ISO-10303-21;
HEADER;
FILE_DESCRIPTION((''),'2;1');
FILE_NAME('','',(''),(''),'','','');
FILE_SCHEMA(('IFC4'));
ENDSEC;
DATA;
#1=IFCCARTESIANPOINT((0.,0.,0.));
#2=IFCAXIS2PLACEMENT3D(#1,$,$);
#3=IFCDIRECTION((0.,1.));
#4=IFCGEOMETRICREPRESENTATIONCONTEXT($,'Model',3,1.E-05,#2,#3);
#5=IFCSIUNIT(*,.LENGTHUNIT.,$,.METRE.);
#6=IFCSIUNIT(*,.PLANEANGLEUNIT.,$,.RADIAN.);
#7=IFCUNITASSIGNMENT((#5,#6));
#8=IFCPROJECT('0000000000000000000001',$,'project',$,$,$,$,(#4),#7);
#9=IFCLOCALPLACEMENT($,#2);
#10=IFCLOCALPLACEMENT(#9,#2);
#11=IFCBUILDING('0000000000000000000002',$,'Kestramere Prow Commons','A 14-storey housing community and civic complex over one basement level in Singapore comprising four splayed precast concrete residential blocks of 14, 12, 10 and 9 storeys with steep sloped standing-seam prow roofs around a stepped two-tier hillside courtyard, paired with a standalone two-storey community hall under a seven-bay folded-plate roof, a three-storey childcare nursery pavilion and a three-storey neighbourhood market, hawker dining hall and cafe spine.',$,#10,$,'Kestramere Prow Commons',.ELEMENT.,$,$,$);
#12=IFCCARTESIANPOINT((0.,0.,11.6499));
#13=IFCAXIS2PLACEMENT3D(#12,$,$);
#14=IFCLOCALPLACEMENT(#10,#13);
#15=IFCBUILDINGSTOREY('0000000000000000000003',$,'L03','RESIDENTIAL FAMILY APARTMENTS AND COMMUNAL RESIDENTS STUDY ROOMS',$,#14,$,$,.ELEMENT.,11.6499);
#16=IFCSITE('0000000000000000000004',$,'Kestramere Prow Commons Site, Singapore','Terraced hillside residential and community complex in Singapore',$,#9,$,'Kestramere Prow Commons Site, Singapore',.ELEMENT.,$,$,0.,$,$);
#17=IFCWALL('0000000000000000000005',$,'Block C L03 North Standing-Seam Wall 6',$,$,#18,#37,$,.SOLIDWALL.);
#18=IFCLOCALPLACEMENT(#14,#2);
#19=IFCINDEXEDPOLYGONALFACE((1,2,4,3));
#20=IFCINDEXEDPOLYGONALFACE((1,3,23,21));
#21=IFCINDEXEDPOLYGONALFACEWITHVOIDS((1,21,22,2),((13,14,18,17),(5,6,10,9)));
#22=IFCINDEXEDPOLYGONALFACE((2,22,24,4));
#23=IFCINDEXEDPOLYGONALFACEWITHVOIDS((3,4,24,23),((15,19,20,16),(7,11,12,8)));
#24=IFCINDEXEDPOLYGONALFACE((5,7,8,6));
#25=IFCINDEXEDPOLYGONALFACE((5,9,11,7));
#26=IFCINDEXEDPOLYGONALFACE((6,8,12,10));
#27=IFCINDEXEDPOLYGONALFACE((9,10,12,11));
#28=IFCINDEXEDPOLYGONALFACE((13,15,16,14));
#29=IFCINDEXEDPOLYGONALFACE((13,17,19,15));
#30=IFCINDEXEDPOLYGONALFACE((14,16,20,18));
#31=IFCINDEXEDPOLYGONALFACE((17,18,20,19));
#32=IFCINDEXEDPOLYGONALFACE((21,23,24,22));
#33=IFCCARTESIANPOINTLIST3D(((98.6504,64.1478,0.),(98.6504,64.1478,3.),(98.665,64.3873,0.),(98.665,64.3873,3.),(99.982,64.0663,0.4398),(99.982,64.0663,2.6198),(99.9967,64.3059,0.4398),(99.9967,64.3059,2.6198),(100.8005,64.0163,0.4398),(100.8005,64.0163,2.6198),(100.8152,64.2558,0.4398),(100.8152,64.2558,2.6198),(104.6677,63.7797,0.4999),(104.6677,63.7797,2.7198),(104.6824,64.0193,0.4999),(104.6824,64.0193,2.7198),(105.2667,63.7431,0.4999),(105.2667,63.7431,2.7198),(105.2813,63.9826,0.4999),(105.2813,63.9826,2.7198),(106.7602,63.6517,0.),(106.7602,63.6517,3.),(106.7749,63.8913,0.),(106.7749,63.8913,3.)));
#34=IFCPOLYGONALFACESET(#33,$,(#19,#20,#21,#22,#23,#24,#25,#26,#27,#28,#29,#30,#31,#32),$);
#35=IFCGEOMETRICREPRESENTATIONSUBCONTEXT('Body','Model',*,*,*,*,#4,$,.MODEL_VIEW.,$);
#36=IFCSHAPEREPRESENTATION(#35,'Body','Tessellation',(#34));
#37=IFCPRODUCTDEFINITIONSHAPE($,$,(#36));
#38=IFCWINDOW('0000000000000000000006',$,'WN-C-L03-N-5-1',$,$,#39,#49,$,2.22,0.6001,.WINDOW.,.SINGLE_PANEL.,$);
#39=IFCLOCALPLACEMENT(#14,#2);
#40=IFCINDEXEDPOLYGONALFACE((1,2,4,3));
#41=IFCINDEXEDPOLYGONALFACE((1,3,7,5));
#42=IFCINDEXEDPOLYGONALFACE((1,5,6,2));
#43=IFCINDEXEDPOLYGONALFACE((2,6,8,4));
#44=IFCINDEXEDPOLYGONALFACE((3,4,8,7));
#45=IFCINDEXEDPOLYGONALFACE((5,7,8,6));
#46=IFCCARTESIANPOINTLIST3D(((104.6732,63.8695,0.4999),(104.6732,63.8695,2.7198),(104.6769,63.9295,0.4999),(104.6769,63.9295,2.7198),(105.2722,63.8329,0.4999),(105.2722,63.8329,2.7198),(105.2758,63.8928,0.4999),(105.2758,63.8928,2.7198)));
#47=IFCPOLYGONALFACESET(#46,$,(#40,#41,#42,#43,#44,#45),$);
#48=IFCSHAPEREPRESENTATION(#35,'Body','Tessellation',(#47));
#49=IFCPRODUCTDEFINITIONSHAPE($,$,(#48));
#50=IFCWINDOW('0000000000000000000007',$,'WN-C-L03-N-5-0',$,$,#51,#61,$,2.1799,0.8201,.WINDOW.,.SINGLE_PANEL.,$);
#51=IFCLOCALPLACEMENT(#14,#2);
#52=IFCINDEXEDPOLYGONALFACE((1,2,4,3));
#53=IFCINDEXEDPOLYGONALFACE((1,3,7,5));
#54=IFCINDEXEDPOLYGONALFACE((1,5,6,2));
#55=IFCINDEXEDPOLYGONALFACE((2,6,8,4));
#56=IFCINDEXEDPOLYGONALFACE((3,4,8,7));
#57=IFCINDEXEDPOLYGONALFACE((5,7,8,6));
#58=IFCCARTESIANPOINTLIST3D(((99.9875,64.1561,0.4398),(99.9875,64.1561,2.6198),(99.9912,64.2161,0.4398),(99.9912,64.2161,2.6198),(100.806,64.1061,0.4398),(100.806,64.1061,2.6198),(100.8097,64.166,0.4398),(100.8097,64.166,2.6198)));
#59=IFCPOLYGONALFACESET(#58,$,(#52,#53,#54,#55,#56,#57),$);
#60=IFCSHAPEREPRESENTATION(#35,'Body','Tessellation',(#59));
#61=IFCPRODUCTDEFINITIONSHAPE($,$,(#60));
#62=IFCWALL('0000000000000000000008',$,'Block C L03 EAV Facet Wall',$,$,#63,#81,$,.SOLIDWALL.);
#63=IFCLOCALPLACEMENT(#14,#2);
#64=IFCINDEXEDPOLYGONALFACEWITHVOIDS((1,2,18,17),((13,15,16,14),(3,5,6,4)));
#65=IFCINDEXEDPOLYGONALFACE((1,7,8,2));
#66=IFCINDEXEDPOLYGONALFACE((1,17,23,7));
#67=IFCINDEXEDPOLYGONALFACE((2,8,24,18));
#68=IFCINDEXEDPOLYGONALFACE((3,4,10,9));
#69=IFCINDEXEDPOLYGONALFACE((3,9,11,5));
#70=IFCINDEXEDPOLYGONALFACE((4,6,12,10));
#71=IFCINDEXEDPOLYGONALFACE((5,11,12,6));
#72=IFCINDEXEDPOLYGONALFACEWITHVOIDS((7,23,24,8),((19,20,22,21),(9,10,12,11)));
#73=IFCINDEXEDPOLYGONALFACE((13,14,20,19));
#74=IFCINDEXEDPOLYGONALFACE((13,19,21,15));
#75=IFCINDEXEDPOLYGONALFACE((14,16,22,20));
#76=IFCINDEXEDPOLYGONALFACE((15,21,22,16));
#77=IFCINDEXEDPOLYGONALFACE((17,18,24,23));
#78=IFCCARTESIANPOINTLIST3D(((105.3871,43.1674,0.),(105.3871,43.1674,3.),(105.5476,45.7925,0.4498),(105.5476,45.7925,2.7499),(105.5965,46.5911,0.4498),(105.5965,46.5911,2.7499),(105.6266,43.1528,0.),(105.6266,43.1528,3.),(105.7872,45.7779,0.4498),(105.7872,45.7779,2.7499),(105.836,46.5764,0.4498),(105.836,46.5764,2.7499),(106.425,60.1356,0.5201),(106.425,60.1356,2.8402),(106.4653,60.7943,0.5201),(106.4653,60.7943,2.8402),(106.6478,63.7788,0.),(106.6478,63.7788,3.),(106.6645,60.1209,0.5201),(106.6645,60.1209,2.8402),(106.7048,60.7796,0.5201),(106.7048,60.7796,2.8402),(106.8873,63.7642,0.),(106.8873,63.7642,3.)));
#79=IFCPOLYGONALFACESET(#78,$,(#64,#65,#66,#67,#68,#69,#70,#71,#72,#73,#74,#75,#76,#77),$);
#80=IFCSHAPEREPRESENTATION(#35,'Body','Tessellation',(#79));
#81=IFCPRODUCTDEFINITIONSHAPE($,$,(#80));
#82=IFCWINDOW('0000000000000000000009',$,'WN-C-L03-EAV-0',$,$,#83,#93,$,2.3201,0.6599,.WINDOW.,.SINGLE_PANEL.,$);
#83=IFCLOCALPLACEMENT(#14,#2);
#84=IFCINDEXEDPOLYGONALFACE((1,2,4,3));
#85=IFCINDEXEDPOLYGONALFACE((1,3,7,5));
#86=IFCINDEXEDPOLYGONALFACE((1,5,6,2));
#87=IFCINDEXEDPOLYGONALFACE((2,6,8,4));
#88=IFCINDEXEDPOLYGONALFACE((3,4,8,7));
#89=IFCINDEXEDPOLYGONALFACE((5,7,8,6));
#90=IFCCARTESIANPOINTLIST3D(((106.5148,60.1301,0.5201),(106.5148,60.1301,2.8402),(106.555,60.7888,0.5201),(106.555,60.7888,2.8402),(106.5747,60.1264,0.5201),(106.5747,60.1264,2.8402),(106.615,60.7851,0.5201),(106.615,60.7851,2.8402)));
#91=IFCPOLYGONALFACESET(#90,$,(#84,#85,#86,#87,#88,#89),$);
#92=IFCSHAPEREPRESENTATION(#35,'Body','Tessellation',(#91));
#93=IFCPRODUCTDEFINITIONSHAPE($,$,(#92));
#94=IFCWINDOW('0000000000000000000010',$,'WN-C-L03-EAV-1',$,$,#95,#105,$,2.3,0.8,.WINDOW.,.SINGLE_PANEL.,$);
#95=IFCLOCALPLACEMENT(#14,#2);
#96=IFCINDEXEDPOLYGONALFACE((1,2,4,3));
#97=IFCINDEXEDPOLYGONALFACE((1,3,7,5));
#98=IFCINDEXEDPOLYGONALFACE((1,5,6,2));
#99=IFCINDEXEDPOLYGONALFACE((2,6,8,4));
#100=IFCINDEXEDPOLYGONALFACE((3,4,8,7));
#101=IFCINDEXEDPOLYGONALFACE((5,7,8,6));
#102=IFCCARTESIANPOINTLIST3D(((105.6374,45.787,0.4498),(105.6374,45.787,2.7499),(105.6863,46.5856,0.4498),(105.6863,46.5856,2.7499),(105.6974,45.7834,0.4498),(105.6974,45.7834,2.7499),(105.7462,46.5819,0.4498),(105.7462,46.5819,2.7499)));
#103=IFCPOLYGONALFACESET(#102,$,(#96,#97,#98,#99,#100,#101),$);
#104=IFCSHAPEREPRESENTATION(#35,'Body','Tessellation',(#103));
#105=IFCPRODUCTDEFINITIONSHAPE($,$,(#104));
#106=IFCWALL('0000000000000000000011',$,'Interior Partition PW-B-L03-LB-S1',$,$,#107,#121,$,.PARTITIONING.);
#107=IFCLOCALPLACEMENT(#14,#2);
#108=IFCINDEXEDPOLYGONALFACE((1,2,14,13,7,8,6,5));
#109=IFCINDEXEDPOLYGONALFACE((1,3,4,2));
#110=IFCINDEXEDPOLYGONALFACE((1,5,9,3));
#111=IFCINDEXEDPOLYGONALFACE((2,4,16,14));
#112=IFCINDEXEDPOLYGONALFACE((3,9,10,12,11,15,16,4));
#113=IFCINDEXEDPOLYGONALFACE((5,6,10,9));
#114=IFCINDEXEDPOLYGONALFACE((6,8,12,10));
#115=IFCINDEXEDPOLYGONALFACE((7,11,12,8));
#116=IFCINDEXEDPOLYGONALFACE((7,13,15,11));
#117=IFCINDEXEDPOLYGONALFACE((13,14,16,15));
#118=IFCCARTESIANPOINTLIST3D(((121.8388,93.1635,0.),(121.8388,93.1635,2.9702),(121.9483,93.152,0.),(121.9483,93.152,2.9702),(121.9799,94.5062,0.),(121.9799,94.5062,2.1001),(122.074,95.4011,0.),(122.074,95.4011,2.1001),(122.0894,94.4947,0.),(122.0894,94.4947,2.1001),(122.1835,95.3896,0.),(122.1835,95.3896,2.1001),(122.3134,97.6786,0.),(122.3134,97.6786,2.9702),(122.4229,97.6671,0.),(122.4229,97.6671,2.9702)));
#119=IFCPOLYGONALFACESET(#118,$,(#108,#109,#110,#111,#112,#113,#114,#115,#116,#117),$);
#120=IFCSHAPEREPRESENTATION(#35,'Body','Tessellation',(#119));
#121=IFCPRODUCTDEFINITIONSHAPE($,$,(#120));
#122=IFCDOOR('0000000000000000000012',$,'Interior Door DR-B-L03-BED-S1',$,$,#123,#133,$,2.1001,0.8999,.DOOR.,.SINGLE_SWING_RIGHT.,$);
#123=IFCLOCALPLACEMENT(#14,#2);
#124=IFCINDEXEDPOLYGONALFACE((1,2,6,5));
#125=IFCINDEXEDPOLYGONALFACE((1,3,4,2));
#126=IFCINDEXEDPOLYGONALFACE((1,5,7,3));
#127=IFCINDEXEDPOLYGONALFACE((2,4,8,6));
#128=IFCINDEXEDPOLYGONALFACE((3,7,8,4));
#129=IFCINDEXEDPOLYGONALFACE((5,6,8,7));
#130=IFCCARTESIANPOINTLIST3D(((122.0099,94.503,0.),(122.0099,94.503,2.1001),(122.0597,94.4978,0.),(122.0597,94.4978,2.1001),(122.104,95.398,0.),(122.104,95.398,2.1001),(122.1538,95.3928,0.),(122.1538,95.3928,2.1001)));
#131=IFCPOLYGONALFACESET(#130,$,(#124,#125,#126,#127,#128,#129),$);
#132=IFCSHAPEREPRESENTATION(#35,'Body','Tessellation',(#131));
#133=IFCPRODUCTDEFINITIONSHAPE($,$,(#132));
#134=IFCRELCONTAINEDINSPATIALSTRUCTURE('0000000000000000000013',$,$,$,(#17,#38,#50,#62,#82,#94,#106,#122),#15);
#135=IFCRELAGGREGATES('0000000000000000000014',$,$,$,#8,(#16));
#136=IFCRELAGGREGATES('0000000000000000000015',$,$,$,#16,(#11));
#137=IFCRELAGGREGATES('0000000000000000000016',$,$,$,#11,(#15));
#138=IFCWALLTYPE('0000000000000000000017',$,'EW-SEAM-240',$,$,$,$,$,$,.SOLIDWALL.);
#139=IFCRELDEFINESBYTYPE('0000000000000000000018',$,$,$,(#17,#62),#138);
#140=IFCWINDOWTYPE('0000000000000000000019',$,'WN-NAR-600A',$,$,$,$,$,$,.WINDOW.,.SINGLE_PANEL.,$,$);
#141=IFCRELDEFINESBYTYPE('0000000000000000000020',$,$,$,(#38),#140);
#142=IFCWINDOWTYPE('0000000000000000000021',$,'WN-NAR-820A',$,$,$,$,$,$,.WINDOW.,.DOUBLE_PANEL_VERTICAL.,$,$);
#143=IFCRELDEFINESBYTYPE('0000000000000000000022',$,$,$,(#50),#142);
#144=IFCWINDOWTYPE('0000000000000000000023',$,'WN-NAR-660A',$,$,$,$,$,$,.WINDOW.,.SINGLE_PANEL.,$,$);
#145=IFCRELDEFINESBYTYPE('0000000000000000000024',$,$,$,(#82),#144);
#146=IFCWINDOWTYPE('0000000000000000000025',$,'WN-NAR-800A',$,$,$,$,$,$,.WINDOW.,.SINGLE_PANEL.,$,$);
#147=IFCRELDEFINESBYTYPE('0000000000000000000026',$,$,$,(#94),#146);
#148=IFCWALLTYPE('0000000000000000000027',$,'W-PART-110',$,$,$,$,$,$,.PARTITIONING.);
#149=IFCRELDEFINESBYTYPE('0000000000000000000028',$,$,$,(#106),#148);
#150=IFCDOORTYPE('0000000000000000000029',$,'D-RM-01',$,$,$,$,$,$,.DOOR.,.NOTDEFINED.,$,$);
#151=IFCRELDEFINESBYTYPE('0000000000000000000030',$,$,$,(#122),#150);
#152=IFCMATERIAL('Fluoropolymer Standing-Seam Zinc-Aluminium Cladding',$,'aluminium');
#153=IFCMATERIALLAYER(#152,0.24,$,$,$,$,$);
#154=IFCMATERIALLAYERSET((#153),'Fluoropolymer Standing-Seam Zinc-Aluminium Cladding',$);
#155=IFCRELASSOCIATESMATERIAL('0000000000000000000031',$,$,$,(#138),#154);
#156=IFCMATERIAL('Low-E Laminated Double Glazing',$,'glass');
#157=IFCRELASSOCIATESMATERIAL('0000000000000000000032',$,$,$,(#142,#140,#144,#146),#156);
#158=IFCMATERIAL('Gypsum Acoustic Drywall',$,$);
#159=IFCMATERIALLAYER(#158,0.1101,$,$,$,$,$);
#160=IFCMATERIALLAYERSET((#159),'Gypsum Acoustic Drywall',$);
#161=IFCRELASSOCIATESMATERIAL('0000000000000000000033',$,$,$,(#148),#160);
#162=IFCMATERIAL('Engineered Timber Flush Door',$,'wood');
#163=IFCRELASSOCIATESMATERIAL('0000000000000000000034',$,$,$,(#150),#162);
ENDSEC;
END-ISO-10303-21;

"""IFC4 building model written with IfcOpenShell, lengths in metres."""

from ifc_helpers import new_model, si_unit, direction, frame, frame_2d, origin, place, context, subcontext, project, spatial, rectangle, extrude, material, layer, layer_set, type_object, element, fill, save


model = new_model("IFC4")

# Units and contexts
model_context = context("Model", 3, precision=1e-05, world=origin(), true_north=direction((0.0, 1.0)))
body_context = subcontext(model_context, "Body", "Model", "MODEL_VIEW")
ifc_project = project(units=[si_unit("LENGTHUNIT", "METRE"), si_unit("PLANEANGLEUNIT", "RADIAN")], contexts=[model_context])

# Site, building, storey
site_placement = place(None, origin())
site = spatial("IfcSite", under=ifc_project, at=site_placement, Name="Kestramere Prow Commons Site, Singapore", Description="Terraced hillside residential and community complex in Singapore", LongName="Kestramere Prow Commons Site, Singapore", CompositionType="ELEMENT", RefElevation=0.0)
building_placement = place(site_placement, origin())
building = spatial("IfcBuilding", under=site, at=building_placement, Name="Kestramere Prow Commons", Description="A 14-storey housing community and civic complex over one basement level in Singapore comprising four splayed precast concrete residential blocks of 14, 12, 10 and 9 storeys with steep sloped standing-seam prow roofs around a stepped two-tier hillside courtyard, paired with a standalone two-storey community hall under a seven-bay folded-plate roof, a three-storey childcare nursery pavilion and a three-storey neighbourhood market, hawker dining hall and cafe spine.", LongName="Kestramere Prow Commons", CompositionType="ELEMENT")
storey_placement = place(building_placement, frame((0.0, 0.0, 11.6499)))
storey = spatial("IfcBuildingStorey", under=building, at=storey_placement, Name="L03", Description="RESIDENTIAL FAMILY APARTMENTS AND COMMUNAL RESIDENTS STUDY ROOMS", CompositionType="ELEMENT", Elevation=11.6499)

# Walls, openings, windows
ifc_material_1 = material(Name="Fluoropolymer Standing-Seam Zinc-Aluminium Cladding", Category="aluminium")
ifc_layer_1 = layer(ifc_material_1, 0.24)
ifc_layer_set_1 = layer_set([ifc_layer_1], Name="Fluoropolymer Standing-Seam Zinc-Aluminium Cladding")
wall_type_1 = type_object("IfcWallType", Name="EW-SEAM-240", PredefinedType="SOLIDWALL", material=ifc_layer_set_1)
ifc_material_2 = material(Name="Low-E Laminated Double Glazing", Category="glass")
window_type_1 = type_object("IfcWindowType", Name="WN-NAR-820A", PartitioningType="DOUBLE_PANEL_VERTICAL", PredefinedType="WINDOW", material=ifc_material_2)
wall_1_placement = place(storey_placement, frame((98.6577, 64.2676, 0.0), z_axis=(0.0, 0.0, 1.0), x_axis=(0.998134, -0.061058, 0.0)))
wall_1 = element("IfcWall", 1, at=wall_1_placement, inside=storey, type_object=wall_type_1, Name="Block C L03 North Standing-Seam Wall 6", PredefinedType="SOLIDWALL", context=body_context, shape_type="SweptSolid", body=[
    extrude(rectangle(XDim=8.125, YDim=0.24, at=frame_2d((4.0625, 0.0))), origin(), (0.0, 0.0, 1.0), 3.0),
])
opening_1_placement = place(wall_1_placement, frame((1.334, 0.0, 0.4399)))
opening_1 = element("IfcOpeningElement", 2, at=opening_1_placement, cuts=wall_1, PredefinedType="OPENING", context=body_context, shape_type="SweptSolid", body=[
    extrude(rectangle(XDim=0.8201, YDim=2.1799, at=frame_2d((0.4102, 1.0898))), frame((0.0, 0.135, 0.0), z_axis=(0.0, -1.0, 0.0), x_axis=(1.0, 0.0, 0.0)), (0.0, 0.0, 1.0), 0.27),
])
opening_2_placement = place(wall_1_placement, frame((6.0286, 0.0, 0.5)))
opening_2 = element("IfcOpeningElement", 3, at=opening_2_placement, cuts=wall_1, PredefinedType="OPENING", context=body_context, shape_type="SweptSolid", body=[
    extrude(rectangle(XDim=0.6001, YDim=2.22, at=frame_2d((0.3, 1.1099))), frame((0.0, 0.135, 0.0), z_axis=(0.0, -1.0, 0.0), x_axis=(1.0, 0.0, 0.0)), (0.0, 0.0, 1.0), 0.27),
])
window_type_2 = type_object("IfcWindowType", Name="WN-NAR-600A", PartitioningType="SINGLE_PANEL", PredefinedType="WINDOW", material=ifc_material_2)
window_1_placement = place(opening_2_placement, origin())
window_1 = element("IfcWindow", 4, at=window_1_placement, inside=storey, type_object=window_type_2, Name="WN-C-L03-N-5-1", OverallHeight=2.22, OverallWidth=0.6001, PartitioningType="SINGLE_PANEL", PredefinedType="WINDOW", context=body_context, shape_type="SweptSolid", body=[
    extrude(rectangle(XDim=0.6001, YDim=2.22, at=frame_2d((0.3, 1.1099))), frame((0.0, 0.03, 0.0), z_axis=(0.0, -1.0, 0.0), x_axis=(1.0, 0.0, 0.0)), (0.0, 0.0, 1.0), 0.0601),
])
fill(opening_2, window_1)
window_2_placement = place(opening_1_placement, origin())
window_2 = element("IfcWindow", 5, at=window_2_placement, inside=storey, type_object=window_type_1, Name="WN-C-L03-N-5-0", OverallHeight=2.1799, OverallWidth=0.8201, PartitioningType="SINGLE_PANEL", PredefinedType="WINDOW", context=body_context, shape_type="SweptSolid", body=[
    extrude(rectangle(XDim=0.8201, YDim=2.1799, at=frame_2d((0.4102, 1.0898))), frame((0.0, 0.03, 0.0), z_axis=(0.0, -1.0, 0.0), x_axis=(1.0, 0.0, 0.0)), (0.0, 0.0, 1.0), 0.0601),
])
fill(opening_1, window_2)
wall_2_placement = place(storey_placement, frame((106.7676, 63.7715, 0.0), z_axis=(0.0, 0.0, 1.0), x_axis=(-0.061053, -0.998135, 0.0)))
wall_2 = element("IfcWall", 6, at=wall_2_placement, inside=storey, type_object=wall_type_1, Name="Block C L03 EAV Facet Wall", PredefinedType="SOLIDWALL", context=body_context, shape_type="SweptSolid", body=[
    extrude(rectangle(XDim=20.6499, YDim=0.24, at=frame_2d((10.325, 0.0))), origin(), (0.0, 0.0, 1.0), 3.0),
])
opening_3_placement = place(wall_2_placement, frame((2.99, 0.0, 0.52)))
opening_3 = element("IfcOpeningElement", 7, at=opening_3_placement, cuts=wall_2, PredefinedType="OPENING", context=body_context, shape_type="SweptSolid", body=[
    extrude(rectangle(XDim=0.6599, YDim=2.3201, at=frame_2d((0.3301, 1.1602))), frame((0.0, 0.135, 0.0), z_axis=(0.0, -1.0, 0.0), x_axis=(1.0, 0.0, 0.0)), (0.0, 0.0, 1.0), 0.27),
])
opening_4_placement = place(wall_2_placement, frame((17.22, 0.0, 0.45)))
opening_4 = element("IfcOpeningElement", 8, at=opening_4_placement, cuts=wall_2, PredefinedType="OPENING", context=body_context, shape_type="SweptSolid", body=[
    extrude(rectangle(XDim=0.8, YDim=2.3, at=frame_2d((0.3999, 1.1499))), frame((0.0, 0.135, 0.0), z_axis=(0.0, -1.0, 0.0), x_axis=(1.0, 0.0, 0.0)), (0.0, 0.0, 1.0), 0.27),
])
window_type_3 = type_object("IfcWindowType", Name="WN-NAR-660A", PartitioningType="SINGLE_PANEL", PredefinedType="WINDOW", material=ifc_material_2)
window_3_placement = place(opening_3_placement, origin())
window_3 = element("IfcWindow", 9, at=window_3_placement, inside=storey, type_object=window_type_3, Name="WN-C-L03-EAV-0", OverallHeight=2.3201, OverallWidth=0.6599, PartitioningType="SINGLE_PANEL", PredefinedType="WINDOW", context=body_context, shape_type="SweptSolid", body=[
    extrude(rectangle(XDim=0.6599, YDim=2.3201, at=frame_2d((0.3301, 1.1602))), frame((0.0, 0.03, 0.0), z_axis=(0.0, -1.0, 0.0), x_axis=(1.0, 0.0, 0.0)), (0.0, 0.0, 1.0), 0.0601),
])
fill(opening_3, window_3)
window_type_4 = type_object("IfcWindowType", Name="WN-NAR-800A", PartitioningType="SINGLE_PANEL", PredefinedType="WINDOW", material=ifc_material_2)
window_4_placement = place(opening_4_placement, origin())
window_4 = element("IfcWindow", 10, at=window_4_placement, inside=storey, type_object=window_type_4, Name="WN-C-L03-EAV-1", OverallHeight=2.3, OverallWidth=0.8, PartitioningType="SINGLE_PANEL", PredefinedType="WINDOW", context=body_context, shape_type="SweptSolid", body=[
    extrude(rectangle(XDim=0.8, YDim=2.3, at=frame_2d((0.3999, 1.1499))), frame((0.0, 0.03, 0.0), z_axis=(0.0, -1.0, 0.0), x_axis=(1.0, 0.0, 0.0)), (0.0, 0.0, 1.0), 0.0601),
])
fill(opening_4, window_4)

# Wall, opening, door
ifc_material_3 = material(Name="Gypsum Acoustic Drywall")
ifc_layer_2 = layer(ifc_material_3, 0.1101)
ifc_layer_set_2 = layer_set([ifc_layer_2], Name="Gypsum Acoustic Drywall")
wall_type_2 = type_object("IfcWallType", Name="W-PART-110", PredefinedType="PARTITIONING", material=ifc_layer_set_2)
wall_3_placement = place(storey_placement, frame((121.8936, 93.1577, 0.0), z_axis=(0.0, 0.0, 1.0), x_axis=(0.104539, 0.994521, 0.0)))
wall_3 = element("IfcWall", 11, at=wall_3_placement, inside=storey, type_object=wall_type_2, Name="Interior Partition PW-B-L03-LB-S1", PredefinedType="PARTITIONING", context=body_context, shape_type="SweptSolid", body=[
    extrude(rectangle(XDim=4.54, YDim=0.1101, at=frame_2d((2.27, 0.0))), origin(), (0.0, 0.0, 1.0), 2.9702),
])
opening_5_placement = place(wall_3_placement, frame((1.3501, 0.0, 0.0)))
opening_5 = element("IfcOpeningElement", 12, at=opening_5_placement, cuts=wall_3, PredefinedType="OPENING", context=body_context, shape_type="SweptSolid", body=[
    extrude(rectangle(XDim=0.8999, YDim=2.1001, at=frame_2d((0.45, 1.05))), frame((0.0, 0.0701, 0.0), z_axis=(0.0, -1.0, 0.0), x_axis=(1.0, 0.0, 0.0)), (0.0, 0.0, 1.0), 0.1401),
])
ifc_material_4 = material(Name="Engineered Timber Flush Door", Category="wood")
door_type = type_object("IfcDoorType", Name="D-RM-01", OperationType="NOTDEFINED", PredefinedType="DOOR", material=ifc_material_4)
door_1_placement = place(opening_5_placement, origin())
door_1 = element("IfcDoor", 13, at=door_1_placement, inside=storey, type_object=door_type, Name="Interior Door DR-B-L03-BED-S1", OperationType="SINGLE_SWING_RIGHT", OverallHeight=2.1001, OverallWidth=0.8999, PredefinedType="DOOR", context=body_context, shape_type="SweptSolid", body=[
    extrude(rectangle(XDim=0.8999, YDim=2.1001, at=frame_2d((0.45, 1.05))), frame((0.0, 0.0249, 0.0), z_axis=(0.0, -1.0, 0.0), x_axis=(1.0, 0.0, 0.0)), (0.0, 0.0, 1.0), 0.05),
])
fill(opening_5, door_1)

save(model, "model.ifc")
